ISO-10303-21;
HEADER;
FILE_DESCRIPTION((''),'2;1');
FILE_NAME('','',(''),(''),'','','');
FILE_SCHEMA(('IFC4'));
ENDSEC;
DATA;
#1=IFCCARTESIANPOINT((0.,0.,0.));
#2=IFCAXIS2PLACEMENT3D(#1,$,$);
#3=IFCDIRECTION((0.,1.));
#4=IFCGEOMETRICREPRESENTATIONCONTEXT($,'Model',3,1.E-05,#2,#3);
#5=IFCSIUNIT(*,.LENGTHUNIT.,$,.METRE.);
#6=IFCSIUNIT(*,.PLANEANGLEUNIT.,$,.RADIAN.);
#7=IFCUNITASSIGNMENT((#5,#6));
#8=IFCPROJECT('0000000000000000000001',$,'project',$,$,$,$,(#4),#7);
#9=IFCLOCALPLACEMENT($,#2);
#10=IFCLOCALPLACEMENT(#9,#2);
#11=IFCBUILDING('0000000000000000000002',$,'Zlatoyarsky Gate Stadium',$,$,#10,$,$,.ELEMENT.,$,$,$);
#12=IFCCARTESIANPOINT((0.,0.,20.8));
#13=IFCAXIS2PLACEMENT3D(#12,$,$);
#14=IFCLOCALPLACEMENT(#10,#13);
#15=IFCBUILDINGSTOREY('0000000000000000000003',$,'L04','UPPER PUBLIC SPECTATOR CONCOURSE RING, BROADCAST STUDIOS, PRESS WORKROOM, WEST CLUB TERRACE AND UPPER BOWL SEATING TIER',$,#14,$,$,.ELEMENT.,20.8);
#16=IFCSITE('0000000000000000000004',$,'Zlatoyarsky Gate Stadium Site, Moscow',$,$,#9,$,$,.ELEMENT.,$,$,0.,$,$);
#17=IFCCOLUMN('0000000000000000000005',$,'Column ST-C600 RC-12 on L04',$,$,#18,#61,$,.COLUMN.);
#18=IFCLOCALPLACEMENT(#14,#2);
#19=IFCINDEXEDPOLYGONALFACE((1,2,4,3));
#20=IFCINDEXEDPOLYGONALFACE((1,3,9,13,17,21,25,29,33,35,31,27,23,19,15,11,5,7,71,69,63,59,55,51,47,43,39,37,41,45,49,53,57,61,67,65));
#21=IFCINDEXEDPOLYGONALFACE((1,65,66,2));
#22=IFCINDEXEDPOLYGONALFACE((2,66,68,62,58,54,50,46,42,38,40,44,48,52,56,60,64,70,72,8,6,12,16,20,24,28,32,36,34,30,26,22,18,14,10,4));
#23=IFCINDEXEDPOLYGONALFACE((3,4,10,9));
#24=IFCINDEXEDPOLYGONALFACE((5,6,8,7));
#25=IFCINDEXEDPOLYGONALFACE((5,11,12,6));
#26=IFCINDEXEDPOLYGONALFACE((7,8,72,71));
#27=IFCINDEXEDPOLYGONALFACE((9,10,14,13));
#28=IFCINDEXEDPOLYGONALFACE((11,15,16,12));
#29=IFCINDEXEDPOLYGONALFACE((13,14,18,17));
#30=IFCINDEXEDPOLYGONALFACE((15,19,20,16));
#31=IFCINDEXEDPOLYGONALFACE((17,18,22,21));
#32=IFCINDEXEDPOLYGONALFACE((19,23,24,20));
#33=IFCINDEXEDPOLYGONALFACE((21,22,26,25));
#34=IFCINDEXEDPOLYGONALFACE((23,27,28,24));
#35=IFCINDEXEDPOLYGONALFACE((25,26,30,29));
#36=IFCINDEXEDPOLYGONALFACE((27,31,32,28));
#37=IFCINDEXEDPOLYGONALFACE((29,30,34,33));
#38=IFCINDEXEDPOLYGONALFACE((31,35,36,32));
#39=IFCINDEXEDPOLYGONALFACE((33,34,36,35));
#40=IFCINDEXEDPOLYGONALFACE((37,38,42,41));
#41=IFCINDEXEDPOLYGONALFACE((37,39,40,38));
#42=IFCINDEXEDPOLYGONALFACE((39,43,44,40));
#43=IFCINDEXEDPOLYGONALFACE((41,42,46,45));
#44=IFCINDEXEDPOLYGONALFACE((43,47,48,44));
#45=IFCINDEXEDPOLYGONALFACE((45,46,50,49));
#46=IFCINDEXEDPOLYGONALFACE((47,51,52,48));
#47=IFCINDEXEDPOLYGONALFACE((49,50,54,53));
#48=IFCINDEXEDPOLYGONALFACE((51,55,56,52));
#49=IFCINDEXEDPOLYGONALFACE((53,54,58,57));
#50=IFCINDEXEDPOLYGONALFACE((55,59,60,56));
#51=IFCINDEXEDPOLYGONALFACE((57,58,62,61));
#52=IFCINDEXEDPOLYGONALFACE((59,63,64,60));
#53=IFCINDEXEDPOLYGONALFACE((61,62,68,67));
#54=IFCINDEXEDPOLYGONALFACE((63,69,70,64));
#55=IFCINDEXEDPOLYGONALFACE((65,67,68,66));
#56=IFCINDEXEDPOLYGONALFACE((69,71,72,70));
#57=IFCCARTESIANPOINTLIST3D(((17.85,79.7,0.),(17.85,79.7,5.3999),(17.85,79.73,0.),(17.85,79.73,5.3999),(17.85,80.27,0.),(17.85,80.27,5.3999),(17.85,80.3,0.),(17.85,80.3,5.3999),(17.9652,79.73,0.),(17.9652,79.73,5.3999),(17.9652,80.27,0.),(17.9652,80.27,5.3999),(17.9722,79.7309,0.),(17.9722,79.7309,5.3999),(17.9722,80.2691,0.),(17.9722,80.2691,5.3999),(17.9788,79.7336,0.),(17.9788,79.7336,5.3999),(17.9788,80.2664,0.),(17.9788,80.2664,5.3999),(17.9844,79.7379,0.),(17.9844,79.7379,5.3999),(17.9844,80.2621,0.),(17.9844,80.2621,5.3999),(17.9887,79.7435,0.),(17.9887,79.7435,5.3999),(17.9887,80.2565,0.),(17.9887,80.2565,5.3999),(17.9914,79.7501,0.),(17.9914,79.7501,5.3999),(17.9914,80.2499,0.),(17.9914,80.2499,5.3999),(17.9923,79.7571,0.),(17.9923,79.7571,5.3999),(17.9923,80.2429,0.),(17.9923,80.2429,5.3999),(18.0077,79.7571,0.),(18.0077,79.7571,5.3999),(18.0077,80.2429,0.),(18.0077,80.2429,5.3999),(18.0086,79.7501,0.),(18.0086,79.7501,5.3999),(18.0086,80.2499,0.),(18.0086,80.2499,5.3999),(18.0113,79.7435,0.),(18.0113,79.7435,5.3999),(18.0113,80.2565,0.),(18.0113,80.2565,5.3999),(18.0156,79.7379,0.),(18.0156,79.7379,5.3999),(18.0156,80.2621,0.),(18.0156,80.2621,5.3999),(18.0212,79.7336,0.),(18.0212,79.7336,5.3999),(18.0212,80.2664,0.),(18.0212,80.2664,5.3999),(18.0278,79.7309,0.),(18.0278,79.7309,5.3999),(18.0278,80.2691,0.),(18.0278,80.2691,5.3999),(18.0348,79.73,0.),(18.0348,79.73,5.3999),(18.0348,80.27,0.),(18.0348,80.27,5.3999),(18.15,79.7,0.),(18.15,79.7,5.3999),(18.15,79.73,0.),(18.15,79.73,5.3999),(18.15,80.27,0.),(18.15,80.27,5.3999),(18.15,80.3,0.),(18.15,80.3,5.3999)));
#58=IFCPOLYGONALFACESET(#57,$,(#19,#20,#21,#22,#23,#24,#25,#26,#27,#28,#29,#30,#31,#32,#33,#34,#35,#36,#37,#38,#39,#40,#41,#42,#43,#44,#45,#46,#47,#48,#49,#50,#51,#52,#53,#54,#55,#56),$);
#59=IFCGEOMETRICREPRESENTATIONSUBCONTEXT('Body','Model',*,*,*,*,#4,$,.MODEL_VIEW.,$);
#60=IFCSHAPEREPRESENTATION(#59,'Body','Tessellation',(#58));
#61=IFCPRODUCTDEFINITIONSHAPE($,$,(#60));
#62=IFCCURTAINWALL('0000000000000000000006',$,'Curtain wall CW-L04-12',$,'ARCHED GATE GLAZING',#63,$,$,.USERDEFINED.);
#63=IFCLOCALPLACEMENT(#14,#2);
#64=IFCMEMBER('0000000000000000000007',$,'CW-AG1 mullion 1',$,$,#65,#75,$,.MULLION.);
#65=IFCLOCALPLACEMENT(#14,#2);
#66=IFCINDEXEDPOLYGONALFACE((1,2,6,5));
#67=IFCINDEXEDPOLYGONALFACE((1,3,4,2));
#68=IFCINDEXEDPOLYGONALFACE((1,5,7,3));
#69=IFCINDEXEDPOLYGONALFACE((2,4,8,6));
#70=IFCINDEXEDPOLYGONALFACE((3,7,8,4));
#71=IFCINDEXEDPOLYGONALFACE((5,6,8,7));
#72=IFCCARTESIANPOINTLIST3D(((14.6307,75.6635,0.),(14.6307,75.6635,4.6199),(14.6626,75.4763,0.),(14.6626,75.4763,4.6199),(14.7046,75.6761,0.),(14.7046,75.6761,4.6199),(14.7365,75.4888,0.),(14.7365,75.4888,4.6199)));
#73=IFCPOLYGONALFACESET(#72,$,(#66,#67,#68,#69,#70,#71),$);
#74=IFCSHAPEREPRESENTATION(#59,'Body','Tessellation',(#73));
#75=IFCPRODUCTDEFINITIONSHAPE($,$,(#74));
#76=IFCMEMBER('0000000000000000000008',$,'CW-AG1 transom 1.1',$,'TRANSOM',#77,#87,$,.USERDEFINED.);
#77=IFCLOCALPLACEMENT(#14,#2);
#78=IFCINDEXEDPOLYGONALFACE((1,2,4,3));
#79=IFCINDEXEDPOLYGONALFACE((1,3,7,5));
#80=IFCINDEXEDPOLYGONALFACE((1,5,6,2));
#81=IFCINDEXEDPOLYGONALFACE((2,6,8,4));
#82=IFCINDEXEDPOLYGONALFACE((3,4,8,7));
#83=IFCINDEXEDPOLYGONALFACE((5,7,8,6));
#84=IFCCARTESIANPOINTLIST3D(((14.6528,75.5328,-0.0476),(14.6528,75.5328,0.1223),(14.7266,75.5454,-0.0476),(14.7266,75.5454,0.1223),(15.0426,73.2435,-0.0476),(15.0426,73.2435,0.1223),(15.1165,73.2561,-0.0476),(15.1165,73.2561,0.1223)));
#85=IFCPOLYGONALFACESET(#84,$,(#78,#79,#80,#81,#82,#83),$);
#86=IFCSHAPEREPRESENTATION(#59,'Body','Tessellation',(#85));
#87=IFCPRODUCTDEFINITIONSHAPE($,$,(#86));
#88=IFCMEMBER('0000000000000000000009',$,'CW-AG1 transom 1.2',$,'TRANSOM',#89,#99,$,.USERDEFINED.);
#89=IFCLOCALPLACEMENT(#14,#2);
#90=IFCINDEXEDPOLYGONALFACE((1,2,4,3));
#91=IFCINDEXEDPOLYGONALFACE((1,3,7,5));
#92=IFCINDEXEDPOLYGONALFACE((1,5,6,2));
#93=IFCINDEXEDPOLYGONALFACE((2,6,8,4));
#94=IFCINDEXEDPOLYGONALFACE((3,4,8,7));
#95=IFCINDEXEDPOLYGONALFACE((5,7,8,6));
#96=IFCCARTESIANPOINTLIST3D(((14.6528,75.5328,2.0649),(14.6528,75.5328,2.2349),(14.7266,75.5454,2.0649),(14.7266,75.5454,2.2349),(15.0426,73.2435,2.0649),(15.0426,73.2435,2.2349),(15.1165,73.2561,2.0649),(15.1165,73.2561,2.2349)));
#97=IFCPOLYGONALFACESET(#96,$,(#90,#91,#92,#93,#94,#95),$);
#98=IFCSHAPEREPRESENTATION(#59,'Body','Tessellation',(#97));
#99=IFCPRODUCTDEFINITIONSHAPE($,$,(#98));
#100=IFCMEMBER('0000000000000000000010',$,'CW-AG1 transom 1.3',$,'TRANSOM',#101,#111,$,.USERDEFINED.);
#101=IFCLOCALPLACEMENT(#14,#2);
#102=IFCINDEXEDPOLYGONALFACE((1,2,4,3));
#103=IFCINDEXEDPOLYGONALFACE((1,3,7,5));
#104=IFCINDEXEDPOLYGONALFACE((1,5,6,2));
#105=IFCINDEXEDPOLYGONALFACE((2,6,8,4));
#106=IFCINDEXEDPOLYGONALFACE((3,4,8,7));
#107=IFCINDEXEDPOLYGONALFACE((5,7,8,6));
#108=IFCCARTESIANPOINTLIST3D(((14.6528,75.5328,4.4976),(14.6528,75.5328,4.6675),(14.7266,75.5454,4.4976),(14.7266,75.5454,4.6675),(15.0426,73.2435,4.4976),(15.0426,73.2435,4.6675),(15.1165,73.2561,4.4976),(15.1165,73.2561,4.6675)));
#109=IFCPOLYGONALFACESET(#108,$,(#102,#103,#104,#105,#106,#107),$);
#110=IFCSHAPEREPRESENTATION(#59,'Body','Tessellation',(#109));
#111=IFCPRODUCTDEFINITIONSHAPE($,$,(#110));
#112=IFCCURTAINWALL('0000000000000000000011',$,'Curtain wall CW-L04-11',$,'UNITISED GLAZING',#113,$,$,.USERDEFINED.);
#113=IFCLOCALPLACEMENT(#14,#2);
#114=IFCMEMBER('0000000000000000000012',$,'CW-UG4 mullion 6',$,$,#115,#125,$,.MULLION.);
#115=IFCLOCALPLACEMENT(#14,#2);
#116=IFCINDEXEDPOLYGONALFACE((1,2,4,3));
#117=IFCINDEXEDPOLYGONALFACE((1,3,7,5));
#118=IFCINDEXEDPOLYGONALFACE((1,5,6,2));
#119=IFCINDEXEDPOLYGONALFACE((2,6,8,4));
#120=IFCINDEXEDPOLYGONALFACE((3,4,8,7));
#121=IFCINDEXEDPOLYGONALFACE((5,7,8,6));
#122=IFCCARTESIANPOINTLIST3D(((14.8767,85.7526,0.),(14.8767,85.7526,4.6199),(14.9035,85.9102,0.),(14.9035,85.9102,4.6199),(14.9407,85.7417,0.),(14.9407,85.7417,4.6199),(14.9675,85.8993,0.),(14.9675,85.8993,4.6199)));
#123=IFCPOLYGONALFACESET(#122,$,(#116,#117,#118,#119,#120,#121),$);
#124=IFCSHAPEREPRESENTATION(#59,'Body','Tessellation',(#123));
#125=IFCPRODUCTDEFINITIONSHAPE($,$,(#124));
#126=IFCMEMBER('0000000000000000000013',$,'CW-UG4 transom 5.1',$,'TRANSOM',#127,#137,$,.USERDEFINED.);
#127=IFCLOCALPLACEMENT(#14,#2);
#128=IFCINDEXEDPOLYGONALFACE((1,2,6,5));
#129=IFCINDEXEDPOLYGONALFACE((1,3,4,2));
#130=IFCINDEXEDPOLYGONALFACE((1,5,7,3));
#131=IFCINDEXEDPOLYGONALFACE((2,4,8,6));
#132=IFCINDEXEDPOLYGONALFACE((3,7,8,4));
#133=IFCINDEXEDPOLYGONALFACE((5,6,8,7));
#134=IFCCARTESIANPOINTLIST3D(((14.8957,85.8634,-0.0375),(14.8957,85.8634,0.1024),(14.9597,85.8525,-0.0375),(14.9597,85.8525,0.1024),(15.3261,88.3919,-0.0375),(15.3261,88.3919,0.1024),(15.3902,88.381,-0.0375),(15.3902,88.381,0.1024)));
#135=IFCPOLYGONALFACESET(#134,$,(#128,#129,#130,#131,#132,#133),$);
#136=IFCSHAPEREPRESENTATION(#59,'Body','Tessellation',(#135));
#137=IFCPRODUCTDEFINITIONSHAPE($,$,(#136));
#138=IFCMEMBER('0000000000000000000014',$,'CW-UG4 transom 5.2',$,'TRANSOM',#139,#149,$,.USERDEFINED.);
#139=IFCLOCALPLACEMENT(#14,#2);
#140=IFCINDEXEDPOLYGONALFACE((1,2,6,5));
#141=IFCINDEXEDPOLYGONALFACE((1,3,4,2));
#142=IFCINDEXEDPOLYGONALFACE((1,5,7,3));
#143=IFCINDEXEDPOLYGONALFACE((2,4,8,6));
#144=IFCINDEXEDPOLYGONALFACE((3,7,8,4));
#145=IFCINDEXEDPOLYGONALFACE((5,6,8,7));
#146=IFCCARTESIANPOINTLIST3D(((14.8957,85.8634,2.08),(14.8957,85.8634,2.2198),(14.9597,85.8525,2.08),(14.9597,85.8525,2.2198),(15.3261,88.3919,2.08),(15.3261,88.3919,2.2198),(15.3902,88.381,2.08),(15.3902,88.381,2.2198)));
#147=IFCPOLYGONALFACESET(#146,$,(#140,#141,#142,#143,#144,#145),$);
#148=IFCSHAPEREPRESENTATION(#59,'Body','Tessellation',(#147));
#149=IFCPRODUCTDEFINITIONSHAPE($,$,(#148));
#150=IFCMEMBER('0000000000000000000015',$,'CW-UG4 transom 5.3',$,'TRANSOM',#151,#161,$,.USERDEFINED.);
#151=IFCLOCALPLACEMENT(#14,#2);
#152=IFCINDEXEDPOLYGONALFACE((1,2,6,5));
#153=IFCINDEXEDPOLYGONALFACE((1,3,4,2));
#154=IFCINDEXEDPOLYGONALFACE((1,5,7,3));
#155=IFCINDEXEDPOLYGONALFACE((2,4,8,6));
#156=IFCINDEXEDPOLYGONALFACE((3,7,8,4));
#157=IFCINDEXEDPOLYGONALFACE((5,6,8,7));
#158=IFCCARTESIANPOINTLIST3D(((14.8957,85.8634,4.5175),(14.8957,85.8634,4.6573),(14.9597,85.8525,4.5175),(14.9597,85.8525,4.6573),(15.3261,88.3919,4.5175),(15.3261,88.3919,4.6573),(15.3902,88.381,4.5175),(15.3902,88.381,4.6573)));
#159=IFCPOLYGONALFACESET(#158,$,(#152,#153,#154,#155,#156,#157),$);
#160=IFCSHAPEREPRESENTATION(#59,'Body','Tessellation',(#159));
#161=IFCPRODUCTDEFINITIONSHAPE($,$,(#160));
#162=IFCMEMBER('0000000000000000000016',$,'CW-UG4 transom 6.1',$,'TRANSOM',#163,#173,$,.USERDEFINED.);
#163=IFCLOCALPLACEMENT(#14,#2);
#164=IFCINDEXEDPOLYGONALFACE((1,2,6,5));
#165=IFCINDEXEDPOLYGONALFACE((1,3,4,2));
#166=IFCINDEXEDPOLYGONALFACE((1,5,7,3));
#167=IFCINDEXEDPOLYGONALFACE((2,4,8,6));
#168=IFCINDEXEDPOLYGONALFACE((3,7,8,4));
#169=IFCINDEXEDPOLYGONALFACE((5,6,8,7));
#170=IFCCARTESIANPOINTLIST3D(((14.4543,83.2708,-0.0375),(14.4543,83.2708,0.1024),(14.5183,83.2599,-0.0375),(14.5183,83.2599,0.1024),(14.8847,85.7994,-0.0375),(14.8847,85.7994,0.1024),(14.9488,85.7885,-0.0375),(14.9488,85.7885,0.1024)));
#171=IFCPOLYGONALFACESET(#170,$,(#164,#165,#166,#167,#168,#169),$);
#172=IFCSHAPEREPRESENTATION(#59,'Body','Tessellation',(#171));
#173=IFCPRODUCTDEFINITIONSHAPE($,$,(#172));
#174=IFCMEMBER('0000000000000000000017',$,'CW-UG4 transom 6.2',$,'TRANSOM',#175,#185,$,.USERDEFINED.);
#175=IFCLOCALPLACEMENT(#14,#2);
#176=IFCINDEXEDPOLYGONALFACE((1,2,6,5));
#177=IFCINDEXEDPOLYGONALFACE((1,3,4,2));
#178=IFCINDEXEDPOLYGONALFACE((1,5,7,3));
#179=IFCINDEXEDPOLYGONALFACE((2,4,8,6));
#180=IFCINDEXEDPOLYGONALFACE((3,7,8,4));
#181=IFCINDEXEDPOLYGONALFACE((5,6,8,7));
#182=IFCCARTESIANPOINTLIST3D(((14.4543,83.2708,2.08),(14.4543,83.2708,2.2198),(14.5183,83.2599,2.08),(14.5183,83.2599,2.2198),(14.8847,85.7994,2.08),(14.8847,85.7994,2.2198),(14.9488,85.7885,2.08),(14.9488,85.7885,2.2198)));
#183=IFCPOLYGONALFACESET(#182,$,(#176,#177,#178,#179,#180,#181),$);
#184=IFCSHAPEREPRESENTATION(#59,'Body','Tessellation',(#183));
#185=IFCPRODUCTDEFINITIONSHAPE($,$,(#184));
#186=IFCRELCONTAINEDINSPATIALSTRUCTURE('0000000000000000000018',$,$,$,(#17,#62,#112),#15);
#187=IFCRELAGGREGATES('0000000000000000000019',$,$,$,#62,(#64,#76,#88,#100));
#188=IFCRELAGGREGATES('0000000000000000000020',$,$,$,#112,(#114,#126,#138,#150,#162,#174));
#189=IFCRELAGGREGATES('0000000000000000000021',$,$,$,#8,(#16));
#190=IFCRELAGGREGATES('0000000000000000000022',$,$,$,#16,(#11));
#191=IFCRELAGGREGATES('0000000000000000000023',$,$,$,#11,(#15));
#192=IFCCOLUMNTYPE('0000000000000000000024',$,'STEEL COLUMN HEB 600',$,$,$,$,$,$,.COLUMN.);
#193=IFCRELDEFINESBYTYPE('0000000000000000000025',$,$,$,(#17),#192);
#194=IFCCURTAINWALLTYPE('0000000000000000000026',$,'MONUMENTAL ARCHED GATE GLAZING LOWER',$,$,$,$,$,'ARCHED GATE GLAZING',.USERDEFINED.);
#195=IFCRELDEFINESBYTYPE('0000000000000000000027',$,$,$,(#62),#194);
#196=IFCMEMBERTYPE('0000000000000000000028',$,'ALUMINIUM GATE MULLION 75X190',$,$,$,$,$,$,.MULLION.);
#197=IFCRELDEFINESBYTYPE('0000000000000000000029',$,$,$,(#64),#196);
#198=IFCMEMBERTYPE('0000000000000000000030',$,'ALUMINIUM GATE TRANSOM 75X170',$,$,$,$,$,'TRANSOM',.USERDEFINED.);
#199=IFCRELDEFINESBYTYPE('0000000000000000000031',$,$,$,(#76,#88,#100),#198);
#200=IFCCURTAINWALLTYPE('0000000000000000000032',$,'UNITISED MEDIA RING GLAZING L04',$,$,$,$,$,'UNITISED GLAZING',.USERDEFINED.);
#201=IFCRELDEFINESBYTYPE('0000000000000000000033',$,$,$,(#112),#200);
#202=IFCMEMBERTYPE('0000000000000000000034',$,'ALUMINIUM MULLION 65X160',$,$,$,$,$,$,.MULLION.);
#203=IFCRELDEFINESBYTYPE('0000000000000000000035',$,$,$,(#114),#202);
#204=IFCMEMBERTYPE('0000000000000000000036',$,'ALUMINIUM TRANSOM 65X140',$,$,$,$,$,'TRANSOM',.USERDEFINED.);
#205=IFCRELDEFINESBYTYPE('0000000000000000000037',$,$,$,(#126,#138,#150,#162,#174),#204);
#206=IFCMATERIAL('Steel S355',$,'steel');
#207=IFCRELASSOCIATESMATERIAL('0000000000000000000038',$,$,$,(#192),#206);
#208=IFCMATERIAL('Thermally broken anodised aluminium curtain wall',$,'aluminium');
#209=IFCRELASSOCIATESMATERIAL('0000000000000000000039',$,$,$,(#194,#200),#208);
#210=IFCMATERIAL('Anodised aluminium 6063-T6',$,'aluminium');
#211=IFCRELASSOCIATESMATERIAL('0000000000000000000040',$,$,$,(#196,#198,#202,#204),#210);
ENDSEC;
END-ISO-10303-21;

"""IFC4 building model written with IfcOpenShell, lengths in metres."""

from ifc_helpers import new_model, si_unit, direction, frame, origin, origin_2d, place, context, subcontext, project, spatial, rectangle, i_section, extrude, material, material_profile, profile_set, type_object, element, aggregate, save


model = new_model("IFC4")

# Units and contexts
model_context = context("Model", 3, precision=1e-05, world=origin(), true_north=direction((0.0, 1.0)))
body_context = subcontext(model_context, "Body", "Model", "MODEL_VIEW")
ifc_project = project(units=[si_unit("LENGTHUNIT", "METRE"), si_unit("PLANEANGLEUNIT", "RADIAN")], contexts=[model_context])

# Site, building, storey
site_placement = place(None, origin())
site = spatial("IfcSite", under=ifc_project, at=site_placement, Name="Zlatoyarsky Gate Stadium Site, Moscow", CompositionType="ELEMENT", RefElevation=0.0)
building_placement = place(site_placement, origin())
building = spatial("IfcBuilding", under=site, at=building_placement, Name="Zlatoyarsky Gate Stadium", CompositionType="ELEMENT")
storey_placement = place(building_placement, frame((0.0, 0.0, 20.8)))
storey = spatial("IfcBuildingStorey", under=building, at=storey_placement, Name="L04", Description="UPPER PUBLIC SPECTATOR CONCOURSE RING, BROADCAST STUDIOS, PRESS WORKROOM, WEST CLUB TERRACE AND UPPER BOWL SEATING TIER", CompositionType="ELEMENT", Elevation=20.8)

# Column
ifc_material_1 = material(Name="Steel S355", Category="steel")
ifc_material_profile_1 = material_profile(ifc_material_1, i_section(OverallWidth=0.3, OverallDepth=0.6001, WebThickness=0.0154, FlangeThickness=0.03, FilletRadius=0.0271, at=origin_2d()), Name="HEB 600")
ifc_profile_set_1 = profile_set([ifc_material_profile_1], Name="Steel S355")
column_type = type_object("IfcColumnType", Name="STEEL COLUMN HEB 600", PredefinedType="COLUMN", material=ifc_profile_set_1)
column_placement = place(storey_placement, frame((18.0, 80.0, 0.0), z_axis=(0.0, 0.0, 1.0), x_axis=(-1.0, 0.0, 0.0)))
element("IfcColumn", 1, at=column_placement, inside=storey, type_object=column_type, Name="Column ST-C600 RC-12 on L04", PredefinedType="COLUMN", context=body_context, shape_type="SweptSolid", body=[
    extrude(i_section(OverallWidth=0.3, OverallDepth=0.6001, WebThickness=0.0154, FlangeThickness=0.03, FilletRadius=0.0271, at=origin_2d()), origin(), (0.0, 0.0, 1.0), 5.3999),
])

# Curtain walls, members
ifc_material_2 = material(Name="Thermally broken anodised aluminium curtain wall", Category="aluminium")
curtain_wall_type_1 = type_object("IfcCurtainWallType", Name="MONUMENTAL ARCHED GATE GLAZING LOWER", ElementType="ARCHED GATE GLAZING", PredefinedType="USERDEFINED", material=ifc_material_2)
curtain_wall_1_placement = place(storey_placement, origin())
curtain_wall_1 = element("IfcCurtainWall", 2, at=curtain_wall_1_placement, inside=storey, type_object=curtain_wall_type_1, Name="Curtain wall CW-L04-12", ObjectType="ARCHED GATE GLAZING", PredefinedType="USERDEFINED")
ifc_material_3 = material(Name="Anodised aluminium 6063-T6", Category="aluminium")
ifc_material_profile_2 = material_profile(ifc_material_3, rectangle(XDim=0.075, YDim=0.1899, at=origin_2d()), Name="ALU 75X190")
ifc_profile_set_2 = profile_set([ifc_material_profile_2], Name="Anodised aluminium 6063-T6")
member_type_1 = type_object("IfcMemberType", Name="ALUMINIUM GATE MULLION 75X190", PredefinedType="MULLION", material=ifc_profile_set_2)
member_1_placement = place(storey_placement, frame((14.6836, 75.5762, 0.0), z_axis=(0.0, 0.0, 1.0), x_axis=(0.985817, 0.167822, 0.0)))
member_1 = element("IfcMember", 3, at=member_1_placement, type_object=member_type_1, Name="CW-AG1 mullion 1", PredefinedType="MULLION", context=body_context, shape_type="SweptSolid", body=[
    extrude(rectangle(XDim=0.075, YDim=0.1899, at=origin_2d()), origin(), (0.0, 0.0, 1.0), 4.6199),
])
ifc_material_profile_3 = material_profile(ifc_material_3, rectangle(XDim=0.075, YDim=0.1699, at=origin_2d()), Name="ALU 75X170")
ifc_profile_set_3 = profile_set([ifc_material_profile_3], Name="Anodised aluminium 6063-T6")
member_type_2 = type_object("IfcMemberType", Name="ALUMINIUM GATE TRANSOM 75X170", ElementType="TRANSOM", PredefinedType="USERDEFINED", material=ifc_profile_set_3)
member_2_placement = place(storey_placement, frame((14.6897, 75.5391, 0.0374), z_axis=(0.167893, -0.985805, 0.0), x_axis=(0.985805, 0.167893, 0.0)))
member_2 = element("IfcMember", 4, at=member_2_placement, type_object=member_type_2, Name="CW-AG1 transom 1.1", ObjectType="TRANSOM", PredefinedType="USERDEFINED", context=body_context, shape_type="SweptSolid", body=[
    extrude(rectangle(XDim=0.075, YDim=0.1699, at=origin_2d()), origin(), (0.0, 0.0, 1.0), 2.3223),
])
member_3_placement = place(storey_placement, frame((14.6897, 75.5391, 2.1499), z_axis=(0.167893, -0.985805, 0.0), x_axis=(0.985805, 0.167893, 0.0)))
member_3 = element("IfcMember", 5, at=member_3_placement, type_object=member_type_2, Name="CW-AG1 transom 1.2", ObjectType="TRANSOM", PredefinedType="USERDEFINED", context=body_context, shape_type="SweptSolid", body=[
    extrude(rectangle(XDim=0.075, YDim=0.1699, at=origin_2d()), origin(), (0.0, 0.0, 1.0), 2.3223),
])
member_4_placement = place(storey_placement, frame((14.6897, 75.5391, 4.5825), z_axis=(0.167893, -0.985805, 0.0), x_axis=(0.985805, 0.167893, 0.0)))
member_4 = element("IfcMember", 6, at=member_4_placement, type_object=member_type_2, Name="CW-AG1 transom 1.3", ObjectType="TRANSOM", PredefinedType="USERDEFINED", context=body_context, shape_type="SweptSolid", body=[
    extrude(rectangle(XDim=0.075, YDim=0.1699, at=origin_2d()), origin(), (0.0, 0.0, 1.0), 2.3223),
])
aggregate(curtain_wall_1, [member_1, member_2, member_3, member_4])
curtain_wall_type_2 = type_object("IfcCurtainWallType", Name="UNITISED MEDIA RING GLAZING L04", ElementType="UNITISED GLAZING", PredefinedType="USERDEFINED", material=ifc_material_2)
curtain_wall_2_placement = place(storey_placement, origin())
curtain_wall_2 = element("IfcCurtainWall", 7, at=curtain_wall_2_placement, inside=storey, type_object=curtain_wall_type_2, Name="Curtain wall CW-L04-11", ObjectType="UNITISED GLAZING", PredefinedType="USERDEFINED")
ifc_material_profile_4 = material_profile(ifc_material_3, rectangle(XDim=0.0649, YDim=0.1599, at=origin_2d()), Name="ALU 65X160")
ifc_profile_set_4 = profile_set([ifc_material_profile_4], Name="Anodised aluminium 6063-T6")
member_type_3 = type_object("IfcMemberType", Name="ALUMINIUM MULLION 65X160", PredefinedType="MULLION", material=ifc_profile_set_4)
member_5_placement = place(storey_placement, frame((14.9221, 85.8259, 0.0), z_axis=(0.0, 0.0, 1.0), x_axis=(0.985817, -0.167821, 0.0)))
member_5 = element("IfcMember", 8, at=member_5_placement, type_object=member_type_3, Name="CW-UG4 mullion 6", PredefinedType="MULLION", context=body_context, shape_type="SweptSolid", body=[
    extrude(rectangle(XDim=0.0649, YDim=0.1599, at=origin_2d()), origin(), (0.0, 0.0, 1.0), 4.6199),
])
ifc_material_profile_5 = material_profile(ifc_material_3, rectangle(XDim=0.0649, YDim=0.1399, at=origin_2d()), Name="ALU 65X140")
ifc_profile_set_5 = profile_set([ifc_material_profile_5], Name="Anodised aluminium 6063-T6")
member_type_4 = type_object("IfcMemberType", Name="ALUMINIUM TRANSOM 65X140", ElementType="TRANSOM", PredefinedType="USERDEFINED", material=ifc_profile_set_5)
member_6_placement = place(storey_placement, frame((15.3582, 88.3865, 0.0325), z_axis=(-0.167809, -0.985819, 0.0), x_axis=(0.985819, -0.167809, 0.0)))
member_6 = element("IfcMember", 9, at=member_6_placement, type_object=member_type_4, Name="CW-UG4 transom 5.1", ObjectType="TRANSOM", PredefinedType="USERDEFINED", context=body_context, shape_type="SweptSolid", body=[
    extrude(rectangle(XDim=0.0649, YDim=0.1399, at=origin_2d()), origin(), (0.0, 0.0, 1.0), 2.5649),
])
member_7_placement = place(storey_placement, frame((15.3582, 88.3865, 2.1499), z_axis=(-0.167809, -0.985819, 0.0), x_axis=(0.985819, -0.167809, 0.0)))
member_7 = element("IfcMember", 10, at=member_7_placement, type_object=member_type_4, Name="CW-UG4 transom 5.2", ObjectType="TRANSOM", PredefinedType="USERDEFINED", context=body_context, shape_type="SweptSolid", body=[
    extrude(rectangle(XDim=0.0649, YDim=0.1399, at=origin_2d()), origin(), (0.0, 0.0, 1.0), 2.5649),
])
member_8_placement = place(storey_placement, frame((15.3582, 88.3865, 4.5874), z_axis=(-0.167809, -0.985819, 0.0), x_axis=(0.985819, -0.167809, 0.0)))
member_8 = element("IfcMember", 11, at=member_8_placement, type_object=member_type_4, Name="CW-UG4 transom 5.3", ObjectType="TRANSOM", PredefinedType="USERDEFINED", context=body_context, shape_type="SweptSolid", body=[
    extrude(rectangle(XDim=0.0649, YDim=0.1399, at=origin_2d()), origin(), (0.0, 0.0, 1.0), 2.5649),
])
member_9_placement = place(storey_placement, frame((14.9167, 85.7939, 0.0325), z_axis=(-0.167809, -0.985819, 0.0), x_axis=(0.985819, -0.167809, 0.0)))
member_9 = element("IfcMember", 12, at=member_9_placement, type_object=member_type_4, Name="CW-UG4 transom 6.1", ObjectType="TRANSOM", PredefinedType="USERDEFINED", context=body_context, shape_type="SweptSolid", body=[
    extrude(rectangle(XDim=0.0649, YDim=0.1399, at=origin_2d()), origin(), (0.0, 0.0, 1.0), 2.5649),
])
member_10_placement = place(storey_placement, frame((14.9167, 85.7939, 2.1499), z_axis=(-0.167809, -0.985819, 0.0), x_axis=(0.985819, -0.167809, 0.0)))
member_10 = element("IfcMember", 13, at=member_10_placement, type_object=member_type_4, Name="CW-UG4 transom 6.2", ObjectType="TRANSOM", PredefinedType="USERDEFINED", context=body_context, shape_type="SweptSolid", body=[
    extrude(rectangle(XDim=0.0649, YDim=0.1399, at=origin_2d()), origin(), (0.0, 0.0, 1.0), 2.5649),
])

aggregate(curtain_wall_2, [member_5, member_6, member_7, member_8, member_9, member_10])

save(model, "model.ifc")
